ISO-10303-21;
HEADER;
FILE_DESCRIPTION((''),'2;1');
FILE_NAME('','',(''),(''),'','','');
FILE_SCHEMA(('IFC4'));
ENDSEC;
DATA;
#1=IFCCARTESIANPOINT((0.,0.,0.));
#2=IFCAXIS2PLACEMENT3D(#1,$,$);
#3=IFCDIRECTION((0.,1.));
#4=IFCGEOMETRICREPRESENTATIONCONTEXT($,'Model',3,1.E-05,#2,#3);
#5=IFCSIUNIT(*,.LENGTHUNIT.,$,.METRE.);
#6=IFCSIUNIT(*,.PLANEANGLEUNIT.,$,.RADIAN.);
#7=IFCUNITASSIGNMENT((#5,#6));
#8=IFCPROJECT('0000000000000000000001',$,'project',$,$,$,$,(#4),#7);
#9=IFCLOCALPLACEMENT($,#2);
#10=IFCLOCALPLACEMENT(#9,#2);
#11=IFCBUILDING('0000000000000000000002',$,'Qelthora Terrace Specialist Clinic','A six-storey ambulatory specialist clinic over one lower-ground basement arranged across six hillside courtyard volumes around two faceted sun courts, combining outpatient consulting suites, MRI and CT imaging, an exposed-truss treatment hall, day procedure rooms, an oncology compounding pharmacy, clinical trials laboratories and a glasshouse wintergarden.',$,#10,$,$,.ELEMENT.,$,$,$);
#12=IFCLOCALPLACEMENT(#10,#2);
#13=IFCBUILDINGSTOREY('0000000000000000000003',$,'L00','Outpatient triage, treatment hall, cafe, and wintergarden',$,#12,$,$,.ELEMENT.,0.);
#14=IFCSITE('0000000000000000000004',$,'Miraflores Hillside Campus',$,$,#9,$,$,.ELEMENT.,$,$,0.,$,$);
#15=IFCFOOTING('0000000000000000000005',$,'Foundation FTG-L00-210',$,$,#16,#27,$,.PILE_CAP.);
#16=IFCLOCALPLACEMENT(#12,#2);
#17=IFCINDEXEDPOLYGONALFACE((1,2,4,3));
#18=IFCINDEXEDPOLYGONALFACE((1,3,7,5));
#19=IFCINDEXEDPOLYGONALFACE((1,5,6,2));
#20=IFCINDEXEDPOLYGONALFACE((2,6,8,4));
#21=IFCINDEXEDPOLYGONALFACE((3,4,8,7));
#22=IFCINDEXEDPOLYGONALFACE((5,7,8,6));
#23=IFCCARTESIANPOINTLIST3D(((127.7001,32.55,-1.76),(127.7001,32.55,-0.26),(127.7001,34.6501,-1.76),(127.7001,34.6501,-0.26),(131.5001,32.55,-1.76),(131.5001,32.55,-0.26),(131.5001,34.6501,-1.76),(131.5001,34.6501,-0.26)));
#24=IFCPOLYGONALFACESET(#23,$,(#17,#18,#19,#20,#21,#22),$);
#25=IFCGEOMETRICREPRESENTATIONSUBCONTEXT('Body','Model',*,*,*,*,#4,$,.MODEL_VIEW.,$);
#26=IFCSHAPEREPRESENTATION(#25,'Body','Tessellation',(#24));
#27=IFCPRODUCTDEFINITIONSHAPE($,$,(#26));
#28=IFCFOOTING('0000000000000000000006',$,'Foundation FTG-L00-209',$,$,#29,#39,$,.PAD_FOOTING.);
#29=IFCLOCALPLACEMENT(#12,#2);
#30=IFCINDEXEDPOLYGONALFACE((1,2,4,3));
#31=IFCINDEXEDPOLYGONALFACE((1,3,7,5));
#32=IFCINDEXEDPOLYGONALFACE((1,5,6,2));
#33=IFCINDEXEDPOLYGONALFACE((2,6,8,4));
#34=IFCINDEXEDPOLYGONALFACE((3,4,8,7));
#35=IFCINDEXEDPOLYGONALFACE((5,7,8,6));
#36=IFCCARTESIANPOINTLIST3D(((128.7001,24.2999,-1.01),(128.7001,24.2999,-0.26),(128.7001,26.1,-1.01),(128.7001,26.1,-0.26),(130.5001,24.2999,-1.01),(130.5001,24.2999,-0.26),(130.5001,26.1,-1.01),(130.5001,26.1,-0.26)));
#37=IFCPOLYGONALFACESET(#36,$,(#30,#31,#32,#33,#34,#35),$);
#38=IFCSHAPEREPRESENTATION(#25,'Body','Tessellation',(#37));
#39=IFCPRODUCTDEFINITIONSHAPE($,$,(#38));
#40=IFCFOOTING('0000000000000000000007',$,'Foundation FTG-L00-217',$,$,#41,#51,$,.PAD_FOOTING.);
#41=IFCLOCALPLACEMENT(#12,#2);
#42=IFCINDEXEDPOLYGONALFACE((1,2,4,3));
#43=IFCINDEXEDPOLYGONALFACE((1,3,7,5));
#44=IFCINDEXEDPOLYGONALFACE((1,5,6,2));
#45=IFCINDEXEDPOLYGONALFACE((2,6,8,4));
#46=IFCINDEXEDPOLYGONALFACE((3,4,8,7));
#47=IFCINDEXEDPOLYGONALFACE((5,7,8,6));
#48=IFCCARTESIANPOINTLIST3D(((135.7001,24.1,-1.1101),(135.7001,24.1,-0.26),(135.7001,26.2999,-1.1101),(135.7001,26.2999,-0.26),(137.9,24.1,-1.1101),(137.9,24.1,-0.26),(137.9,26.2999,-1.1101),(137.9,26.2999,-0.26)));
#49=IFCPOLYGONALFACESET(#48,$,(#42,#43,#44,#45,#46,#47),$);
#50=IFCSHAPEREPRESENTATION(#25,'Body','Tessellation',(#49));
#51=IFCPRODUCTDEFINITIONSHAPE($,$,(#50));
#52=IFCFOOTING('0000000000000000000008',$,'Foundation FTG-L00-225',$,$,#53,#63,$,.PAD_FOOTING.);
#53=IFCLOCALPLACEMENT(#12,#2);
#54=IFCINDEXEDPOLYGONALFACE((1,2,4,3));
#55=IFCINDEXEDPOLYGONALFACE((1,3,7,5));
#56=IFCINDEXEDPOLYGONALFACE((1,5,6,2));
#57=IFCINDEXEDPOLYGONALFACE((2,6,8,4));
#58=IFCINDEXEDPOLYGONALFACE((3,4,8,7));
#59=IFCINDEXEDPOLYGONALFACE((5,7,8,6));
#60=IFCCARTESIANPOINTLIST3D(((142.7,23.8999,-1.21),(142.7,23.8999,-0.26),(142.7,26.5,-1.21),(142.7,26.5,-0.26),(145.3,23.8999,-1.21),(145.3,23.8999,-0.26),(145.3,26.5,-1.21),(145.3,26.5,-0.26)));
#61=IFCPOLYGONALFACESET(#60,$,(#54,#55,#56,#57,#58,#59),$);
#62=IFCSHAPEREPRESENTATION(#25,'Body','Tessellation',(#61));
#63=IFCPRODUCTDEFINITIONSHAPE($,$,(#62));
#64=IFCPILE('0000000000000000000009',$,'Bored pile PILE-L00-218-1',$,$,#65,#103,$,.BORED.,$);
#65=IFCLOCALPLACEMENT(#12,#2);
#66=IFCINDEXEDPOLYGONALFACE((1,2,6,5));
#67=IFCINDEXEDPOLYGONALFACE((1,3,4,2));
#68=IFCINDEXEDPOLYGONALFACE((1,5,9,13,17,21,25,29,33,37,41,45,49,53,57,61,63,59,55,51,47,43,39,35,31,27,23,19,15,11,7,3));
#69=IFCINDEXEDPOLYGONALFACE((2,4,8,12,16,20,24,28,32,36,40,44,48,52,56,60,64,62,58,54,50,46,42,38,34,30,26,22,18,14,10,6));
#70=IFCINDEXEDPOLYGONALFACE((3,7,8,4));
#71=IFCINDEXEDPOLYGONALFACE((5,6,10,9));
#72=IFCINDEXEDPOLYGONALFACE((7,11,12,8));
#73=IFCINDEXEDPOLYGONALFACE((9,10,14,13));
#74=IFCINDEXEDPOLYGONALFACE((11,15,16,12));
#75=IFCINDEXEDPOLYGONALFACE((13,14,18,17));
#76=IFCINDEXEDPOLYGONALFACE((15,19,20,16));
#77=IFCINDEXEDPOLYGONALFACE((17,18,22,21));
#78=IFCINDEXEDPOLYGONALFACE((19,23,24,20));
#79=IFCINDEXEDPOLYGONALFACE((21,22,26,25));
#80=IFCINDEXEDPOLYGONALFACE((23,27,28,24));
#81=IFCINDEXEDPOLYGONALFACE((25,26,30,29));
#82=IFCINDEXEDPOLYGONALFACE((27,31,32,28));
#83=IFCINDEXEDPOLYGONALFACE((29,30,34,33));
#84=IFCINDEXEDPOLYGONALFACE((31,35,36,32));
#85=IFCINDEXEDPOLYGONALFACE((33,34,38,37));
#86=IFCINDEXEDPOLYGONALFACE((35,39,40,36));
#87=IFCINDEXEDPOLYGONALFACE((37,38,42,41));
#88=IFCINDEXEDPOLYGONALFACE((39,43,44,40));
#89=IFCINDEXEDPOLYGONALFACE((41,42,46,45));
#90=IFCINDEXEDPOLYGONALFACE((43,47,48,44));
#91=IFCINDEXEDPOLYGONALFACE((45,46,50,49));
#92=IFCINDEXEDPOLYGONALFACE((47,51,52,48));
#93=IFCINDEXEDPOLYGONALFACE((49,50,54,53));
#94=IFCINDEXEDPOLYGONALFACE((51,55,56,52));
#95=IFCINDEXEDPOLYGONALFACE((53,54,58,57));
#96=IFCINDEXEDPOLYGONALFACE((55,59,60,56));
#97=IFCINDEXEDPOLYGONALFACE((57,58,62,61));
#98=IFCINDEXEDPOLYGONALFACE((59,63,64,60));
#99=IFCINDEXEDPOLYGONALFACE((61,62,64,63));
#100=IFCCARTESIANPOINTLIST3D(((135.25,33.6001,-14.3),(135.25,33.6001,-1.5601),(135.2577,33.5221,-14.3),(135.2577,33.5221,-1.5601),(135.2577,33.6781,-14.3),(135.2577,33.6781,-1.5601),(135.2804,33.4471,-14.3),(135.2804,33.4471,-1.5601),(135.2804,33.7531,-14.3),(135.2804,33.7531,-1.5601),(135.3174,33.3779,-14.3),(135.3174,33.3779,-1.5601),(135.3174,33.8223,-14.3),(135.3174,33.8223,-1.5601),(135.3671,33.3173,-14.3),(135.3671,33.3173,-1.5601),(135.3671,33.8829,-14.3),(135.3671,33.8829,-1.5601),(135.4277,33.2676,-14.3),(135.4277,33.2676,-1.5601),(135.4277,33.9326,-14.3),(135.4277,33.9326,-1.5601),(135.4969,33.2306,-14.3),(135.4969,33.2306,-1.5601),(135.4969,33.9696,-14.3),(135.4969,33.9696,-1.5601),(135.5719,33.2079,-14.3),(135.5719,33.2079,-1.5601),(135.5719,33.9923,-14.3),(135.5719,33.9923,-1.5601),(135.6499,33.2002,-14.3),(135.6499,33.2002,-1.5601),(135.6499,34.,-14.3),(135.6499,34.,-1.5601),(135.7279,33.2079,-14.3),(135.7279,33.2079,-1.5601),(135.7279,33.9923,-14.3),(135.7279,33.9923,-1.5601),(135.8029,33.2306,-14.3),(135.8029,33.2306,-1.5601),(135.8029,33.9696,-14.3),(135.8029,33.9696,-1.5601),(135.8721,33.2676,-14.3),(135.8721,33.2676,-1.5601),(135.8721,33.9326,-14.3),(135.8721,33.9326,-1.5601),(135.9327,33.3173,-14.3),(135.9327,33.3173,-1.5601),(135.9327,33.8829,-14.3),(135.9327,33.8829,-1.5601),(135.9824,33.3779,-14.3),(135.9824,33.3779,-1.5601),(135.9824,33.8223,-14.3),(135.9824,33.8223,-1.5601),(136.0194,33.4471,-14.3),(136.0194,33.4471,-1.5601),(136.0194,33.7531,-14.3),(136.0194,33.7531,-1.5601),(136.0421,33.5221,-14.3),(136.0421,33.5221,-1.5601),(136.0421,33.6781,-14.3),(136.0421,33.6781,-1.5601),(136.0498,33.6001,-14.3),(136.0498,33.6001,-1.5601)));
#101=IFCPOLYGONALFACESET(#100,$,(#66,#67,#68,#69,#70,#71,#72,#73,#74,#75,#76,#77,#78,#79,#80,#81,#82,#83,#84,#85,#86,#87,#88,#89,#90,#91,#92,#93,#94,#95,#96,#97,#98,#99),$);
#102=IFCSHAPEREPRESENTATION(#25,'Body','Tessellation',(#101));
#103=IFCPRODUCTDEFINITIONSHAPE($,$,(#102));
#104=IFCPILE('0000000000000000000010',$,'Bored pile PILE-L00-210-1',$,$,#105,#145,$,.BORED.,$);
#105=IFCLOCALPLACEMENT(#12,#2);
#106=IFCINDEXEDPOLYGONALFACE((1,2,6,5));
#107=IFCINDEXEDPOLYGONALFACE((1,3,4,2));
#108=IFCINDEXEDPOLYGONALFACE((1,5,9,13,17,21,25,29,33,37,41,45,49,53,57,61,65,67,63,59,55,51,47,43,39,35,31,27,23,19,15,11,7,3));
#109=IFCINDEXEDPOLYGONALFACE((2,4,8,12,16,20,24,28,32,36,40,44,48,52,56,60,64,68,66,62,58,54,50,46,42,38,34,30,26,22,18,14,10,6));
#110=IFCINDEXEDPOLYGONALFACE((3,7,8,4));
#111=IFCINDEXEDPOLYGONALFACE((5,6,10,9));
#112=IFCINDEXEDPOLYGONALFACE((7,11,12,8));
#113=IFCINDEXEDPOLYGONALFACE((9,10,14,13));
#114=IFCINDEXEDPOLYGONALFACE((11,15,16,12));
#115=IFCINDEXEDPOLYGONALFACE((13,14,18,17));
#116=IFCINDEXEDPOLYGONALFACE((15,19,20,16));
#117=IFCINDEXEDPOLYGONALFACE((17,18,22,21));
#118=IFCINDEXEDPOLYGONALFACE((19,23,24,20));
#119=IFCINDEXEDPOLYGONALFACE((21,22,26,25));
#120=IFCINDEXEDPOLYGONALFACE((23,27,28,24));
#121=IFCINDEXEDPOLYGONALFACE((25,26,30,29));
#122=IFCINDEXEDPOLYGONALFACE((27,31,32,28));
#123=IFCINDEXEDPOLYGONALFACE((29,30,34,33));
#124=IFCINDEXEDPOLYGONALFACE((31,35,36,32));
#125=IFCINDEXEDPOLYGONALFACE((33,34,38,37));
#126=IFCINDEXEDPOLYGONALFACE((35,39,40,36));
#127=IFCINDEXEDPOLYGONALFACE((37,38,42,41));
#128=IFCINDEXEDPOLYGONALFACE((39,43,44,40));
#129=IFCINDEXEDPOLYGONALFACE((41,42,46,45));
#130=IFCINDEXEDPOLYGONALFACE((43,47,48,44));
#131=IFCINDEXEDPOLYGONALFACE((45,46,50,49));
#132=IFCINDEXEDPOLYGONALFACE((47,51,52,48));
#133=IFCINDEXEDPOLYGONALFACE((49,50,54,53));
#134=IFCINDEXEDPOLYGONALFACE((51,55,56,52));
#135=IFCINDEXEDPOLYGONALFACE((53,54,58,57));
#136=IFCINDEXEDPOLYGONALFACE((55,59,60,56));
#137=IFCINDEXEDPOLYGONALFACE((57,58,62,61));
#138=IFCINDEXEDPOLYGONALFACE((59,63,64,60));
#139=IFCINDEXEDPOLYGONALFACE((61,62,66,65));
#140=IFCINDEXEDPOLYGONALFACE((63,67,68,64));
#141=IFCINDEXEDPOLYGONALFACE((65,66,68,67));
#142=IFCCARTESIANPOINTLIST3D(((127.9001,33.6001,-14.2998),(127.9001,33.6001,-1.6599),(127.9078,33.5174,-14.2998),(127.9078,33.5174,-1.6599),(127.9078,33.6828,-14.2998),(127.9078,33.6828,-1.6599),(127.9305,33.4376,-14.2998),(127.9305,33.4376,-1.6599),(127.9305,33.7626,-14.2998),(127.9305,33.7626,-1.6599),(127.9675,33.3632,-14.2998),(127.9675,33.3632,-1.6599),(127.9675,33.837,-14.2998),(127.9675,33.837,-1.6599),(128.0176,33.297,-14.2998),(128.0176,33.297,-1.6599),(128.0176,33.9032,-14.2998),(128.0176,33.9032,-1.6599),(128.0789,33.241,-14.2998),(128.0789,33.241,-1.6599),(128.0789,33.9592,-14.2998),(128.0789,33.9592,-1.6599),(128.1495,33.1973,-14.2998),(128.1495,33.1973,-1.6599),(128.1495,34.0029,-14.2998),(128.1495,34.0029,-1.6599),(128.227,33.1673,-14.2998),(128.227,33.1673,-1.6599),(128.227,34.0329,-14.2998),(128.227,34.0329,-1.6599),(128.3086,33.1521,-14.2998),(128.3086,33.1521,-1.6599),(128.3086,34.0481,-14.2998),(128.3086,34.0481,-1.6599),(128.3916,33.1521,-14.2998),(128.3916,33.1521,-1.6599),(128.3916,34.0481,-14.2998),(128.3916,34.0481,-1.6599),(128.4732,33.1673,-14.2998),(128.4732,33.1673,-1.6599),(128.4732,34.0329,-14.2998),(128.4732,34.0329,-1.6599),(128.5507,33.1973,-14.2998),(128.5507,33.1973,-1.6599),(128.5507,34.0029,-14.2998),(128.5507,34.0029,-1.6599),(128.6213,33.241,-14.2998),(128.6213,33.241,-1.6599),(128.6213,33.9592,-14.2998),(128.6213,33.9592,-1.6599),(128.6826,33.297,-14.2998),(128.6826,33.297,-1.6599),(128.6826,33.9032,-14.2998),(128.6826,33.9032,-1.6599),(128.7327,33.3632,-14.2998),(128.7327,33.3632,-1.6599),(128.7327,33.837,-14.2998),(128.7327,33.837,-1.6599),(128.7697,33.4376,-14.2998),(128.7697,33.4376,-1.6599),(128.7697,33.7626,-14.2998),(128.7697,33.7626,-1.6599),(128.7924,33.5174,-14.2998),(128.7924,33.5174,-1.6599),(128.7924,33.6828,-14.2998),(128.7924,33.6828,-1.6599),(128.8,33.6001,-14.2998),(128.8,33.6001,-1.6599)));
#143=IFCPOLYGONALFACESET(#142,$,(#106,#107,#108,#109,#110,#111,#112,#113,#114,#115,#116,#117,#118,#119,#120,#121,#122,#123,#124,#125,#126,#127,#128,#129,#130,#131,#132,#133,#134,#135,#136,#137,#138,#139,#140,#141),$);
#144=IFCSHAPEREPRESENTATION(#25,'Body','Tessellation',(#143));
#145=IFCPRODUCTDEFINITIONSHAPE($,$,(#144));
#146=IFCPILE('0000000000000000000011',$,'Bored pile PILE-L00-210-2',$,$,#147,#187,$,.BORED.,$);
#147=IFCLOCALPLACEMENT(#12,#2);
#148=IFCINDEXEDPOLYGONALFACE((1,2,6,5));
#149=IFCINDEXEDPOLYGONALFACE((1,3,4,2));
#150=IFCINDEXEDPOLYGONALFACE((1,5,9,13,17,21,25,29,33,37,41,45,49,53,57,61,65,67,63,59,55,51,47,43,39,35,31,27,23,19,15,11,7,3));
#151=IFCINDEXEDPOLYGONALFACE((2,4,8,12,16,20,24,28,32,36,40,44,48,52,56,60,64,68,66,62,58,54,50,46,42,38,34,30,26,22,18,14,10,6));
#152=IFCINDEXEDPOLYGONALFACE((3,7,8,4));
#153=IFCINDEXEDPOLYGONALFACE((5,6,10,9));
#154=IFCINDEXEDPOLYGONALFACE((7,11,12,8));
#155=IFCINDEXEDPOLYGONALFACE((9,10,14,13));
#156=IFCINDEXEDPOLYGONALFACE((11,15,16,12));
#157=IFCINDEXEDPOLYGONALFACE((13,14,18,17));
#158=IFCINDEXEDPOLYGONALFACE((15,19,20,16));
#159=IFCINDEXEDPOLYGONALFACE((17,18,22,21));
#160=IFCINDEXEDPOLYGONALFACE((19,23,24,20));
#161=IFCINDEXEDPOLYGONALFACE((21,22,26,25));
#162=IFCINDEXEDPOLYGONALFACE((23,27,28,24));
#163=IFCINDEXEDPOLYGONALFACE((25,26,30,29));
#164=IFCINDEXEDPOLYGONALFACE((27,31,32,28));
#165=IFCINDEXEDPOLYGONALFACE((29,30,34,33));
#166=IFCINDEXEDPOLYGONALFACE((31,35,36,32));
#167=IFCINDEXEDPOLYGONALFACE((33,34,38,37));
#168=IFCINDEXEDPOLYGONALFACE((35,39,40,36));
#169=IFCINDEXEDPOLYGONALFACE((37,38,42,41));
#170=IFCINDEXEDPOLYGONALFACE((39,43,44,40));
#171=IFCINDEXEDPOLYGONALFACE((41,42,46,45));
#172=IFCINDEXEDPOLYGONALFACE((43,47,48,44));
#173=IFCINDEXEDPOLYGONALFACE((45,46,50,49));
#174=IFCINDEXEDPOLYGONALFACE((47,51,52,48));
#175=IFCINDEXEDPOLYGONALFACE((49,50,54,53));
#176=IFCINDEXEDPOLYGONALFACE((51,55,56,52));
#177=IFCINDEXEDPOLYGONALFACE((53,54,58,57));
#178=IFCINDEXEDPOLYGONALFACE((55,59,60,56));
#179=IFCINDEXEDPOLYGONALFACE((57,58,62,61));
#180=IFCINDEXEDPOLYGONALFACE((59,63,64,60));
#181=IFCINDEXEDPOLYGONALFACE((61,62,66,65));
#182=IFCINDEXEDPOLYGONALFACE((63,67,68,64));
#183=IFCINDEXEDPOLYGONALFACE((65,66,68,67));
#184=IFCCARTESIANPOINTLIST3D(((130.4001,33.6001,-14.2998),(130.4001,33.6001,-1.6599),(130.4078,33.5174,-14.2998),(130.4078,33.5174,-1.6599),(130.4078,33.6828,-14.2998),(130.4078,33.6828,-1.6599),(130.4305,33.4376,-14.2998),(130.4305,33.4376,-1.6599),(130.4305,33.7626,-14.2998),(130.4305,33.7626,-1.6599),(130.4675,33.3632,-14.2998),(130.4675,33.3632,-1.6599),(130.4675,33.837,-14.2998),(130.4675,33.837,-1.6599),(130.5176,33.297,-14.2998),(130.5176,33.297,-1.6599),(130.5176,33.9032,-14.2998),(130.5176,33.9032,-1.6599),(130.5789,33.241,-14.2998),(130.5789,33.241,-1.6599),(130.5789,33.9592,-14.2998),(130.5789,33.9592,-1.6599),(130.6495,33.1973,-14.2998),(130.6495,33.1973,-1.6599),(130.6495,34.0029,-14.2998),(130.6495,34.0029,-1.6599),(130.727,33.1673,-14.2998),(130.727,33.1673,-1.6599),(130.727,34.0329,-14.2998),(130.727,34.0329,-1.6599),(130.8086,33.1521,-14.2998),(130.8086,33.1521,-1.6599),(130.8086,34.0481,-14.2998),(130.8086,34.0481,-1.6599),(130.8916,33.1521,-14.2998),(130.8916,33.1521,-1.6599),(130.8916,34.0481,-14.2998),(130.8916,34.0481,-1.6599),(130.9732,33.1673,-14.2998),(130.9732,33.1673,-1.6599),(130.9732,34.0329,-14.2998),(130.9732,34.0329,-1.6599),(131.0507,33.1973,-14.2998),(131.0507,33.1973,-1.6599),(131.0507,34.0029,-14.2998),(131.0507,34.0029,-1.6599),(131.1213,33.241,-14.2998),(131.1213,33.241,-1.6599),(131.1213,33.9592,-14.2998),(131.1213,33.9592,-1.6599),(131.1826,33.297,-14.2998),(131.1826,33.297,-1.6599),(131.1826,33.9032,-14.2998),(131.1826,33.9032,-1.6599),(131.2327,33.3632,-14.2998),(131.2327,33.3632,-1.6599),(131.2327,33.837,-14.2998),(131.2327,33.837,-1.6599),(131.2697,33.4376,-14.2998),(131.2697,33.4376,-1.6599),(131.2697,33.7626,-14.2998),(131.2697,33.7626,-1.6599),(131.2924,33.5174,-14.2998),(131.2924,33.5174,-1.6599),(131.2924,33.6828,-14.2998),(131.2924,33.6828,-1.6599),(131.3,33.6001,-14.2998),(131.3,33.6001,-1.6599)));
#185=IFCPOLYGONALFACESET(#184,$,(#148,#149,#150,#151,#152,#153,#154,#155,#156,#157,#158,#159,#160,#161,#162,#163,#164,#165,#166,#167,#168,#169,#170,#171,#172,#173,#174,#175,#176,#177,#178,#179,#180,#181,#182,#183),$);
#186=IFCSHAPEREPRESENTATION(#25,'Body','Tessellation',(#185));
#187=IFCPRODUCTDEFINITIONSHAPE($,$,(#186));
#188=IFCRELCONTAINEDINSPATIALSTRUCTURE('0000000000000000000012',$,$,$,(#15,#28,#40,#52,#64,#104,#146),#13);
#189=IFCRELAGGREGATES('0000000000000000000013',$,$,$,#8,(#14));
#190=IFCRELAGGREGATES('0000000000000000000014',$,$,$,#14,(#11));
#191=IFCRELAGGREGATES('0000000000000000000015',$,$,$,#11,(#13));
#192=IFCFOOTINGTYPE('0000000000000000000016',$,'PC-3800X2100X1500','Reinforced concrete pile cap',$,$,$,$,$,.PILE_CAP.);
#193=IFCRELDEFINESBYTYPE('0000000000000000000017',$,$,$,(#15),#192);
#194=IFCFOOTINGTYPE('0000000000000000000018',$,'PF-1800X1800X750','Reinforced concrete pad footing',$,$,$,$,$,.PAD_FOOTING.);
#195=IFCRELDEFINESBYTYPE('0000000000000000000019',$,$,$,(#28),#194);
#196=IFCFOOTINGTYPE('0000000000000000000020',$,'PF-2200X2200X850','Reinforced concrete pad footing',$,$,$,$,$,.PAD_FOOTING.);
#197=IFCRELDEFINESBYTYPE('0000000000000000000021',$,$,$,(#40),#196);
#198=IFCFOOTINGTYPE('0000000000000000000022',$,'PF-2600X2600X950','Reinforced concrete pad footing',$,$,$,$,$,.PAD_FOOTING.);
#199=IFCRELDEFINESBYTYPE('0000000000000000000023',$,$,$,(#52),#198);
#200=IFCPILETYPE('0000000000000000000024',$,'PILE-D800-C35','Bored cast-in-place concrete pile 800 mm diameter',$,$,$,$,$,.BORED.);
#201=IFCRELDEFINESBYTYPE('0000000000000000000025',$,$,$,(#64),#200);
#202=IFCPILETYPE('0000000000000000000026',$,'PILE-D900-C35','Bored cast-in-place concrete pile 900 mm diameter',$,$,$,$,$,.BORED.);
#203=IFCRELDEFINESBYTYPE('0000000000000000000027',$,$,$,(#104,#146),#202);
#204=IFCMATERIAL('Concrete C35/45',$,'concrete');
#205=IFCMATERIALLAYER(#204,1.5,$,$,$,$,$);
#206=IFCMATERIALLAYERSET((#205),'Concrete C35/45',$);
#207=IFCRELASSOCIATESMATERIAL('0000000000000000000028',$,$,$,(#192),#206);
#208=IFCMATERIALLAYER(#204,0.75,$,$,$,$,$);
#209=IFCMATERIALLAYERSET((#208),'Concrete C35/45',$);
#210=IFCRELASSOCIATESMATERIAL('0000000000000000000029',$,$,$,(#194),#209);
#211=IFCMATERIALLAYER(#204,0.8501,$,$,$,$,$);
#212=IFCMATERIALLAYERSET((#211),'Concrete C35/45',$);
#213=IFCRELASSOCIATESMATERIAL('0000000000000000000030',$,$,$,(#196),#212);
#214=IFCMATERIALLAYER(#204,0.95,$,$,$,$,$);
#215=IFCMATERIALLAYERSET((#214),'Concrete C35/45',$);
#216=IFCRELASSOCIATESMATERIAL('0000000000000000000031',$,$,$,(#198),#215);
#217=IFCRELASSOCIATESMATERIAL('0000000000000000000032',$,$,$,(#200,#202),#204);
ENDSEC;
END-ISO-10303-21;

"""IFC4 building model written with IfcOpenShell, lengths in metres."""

from ifc_helpers import new_model, si_unit, direction, frame, origin, origin_2d, place, context, subcontext, project, spatial, rectangle, circle, extrude, material, layer, layer_set, material_profile, profile_set, type_object, element, save


model = new_model("IFC4")

# Units and contexts
model_context = context("Model", 3, precision=1e-05, world=origin(), true_north=direction((0.0, 1.0)))
body_context = subcontext(model_context, "Body", "Model", "MODEL_VIEW")
ifc_project = project(units=[si_unit("LENGTHUNIT", "METRE"), si_unit("PLANEANGLEUNIT", "RADIAN")], contexts=[model_context])

# Site, building, storey
site_placement = place(None, origin())
site = spatial("IfcSite", under=ifc_project, at=site_placement, Name="Miraflores Hillside Campus", CompositionType="ELEMENT", RefElevation=0.0)
building_placement = place(site_placement, origin())
building = spatial("IfcBuilding", under=site, at=building_placement, Name="Qelthora Terrace Specialist Clinic", Description="A six-storey ambulatory specialist clinic over one lower-ground basement arranged across six hillside courtyard volumes around two faceted sun courts, combining outpatient consulting suites, MRI and CT imaging, an exposed-truss treatment hall, day procedure rooms, an oncology compounding pharmacy, clinical trials laboratories and a glasshouse wintergarden.", CompositionType="ELEMENT")
storey_placement = place(building_placement, origin())
storey = spatial("IfcBuildingStorey", under=building, at=storey_placement, Name="L00", Description="Outpatient triage, treatment hall, cafe, and wintergarden", CompositionType="ELEMENT", Elevation=0.0)

# Footings
ifc_material_1 = material(Name="Concrete C35/45", Category="concrete")
ifc_layer_1 = layer(ifc_material_1, 1.5)
ifc_layer_set_1 = layer_set([ifc_layer_1], Name="Concrete C35/45")
footing_type_1 = type_object("IfcFootingType", Name="PC-3800X2100X1500", Description="Reinforced concrete pile cap", PredefinedType="PILE_CAP", material=ifc_layer_set_1)
footing_1_placement = place(storey_placement, frame((129.6001, 33.6001, -1.76), z_axis=(0.0, 0.0, 1.0), x_axis=(1.0, 0.0, 0.0)))
element("IfcFooting", 1, at=footing_1_placement, inside=storey, type_object=footing_type_1, Name="Foundation FTG-L00-210", PredefinedType="PILE_CAP", context=body_context, shape_type="SweptSolid", body=[
    extrude(rectangle(XDim=3.8, YDim=2.1001, at=origin_2d()), origin(), (0.0, 0.0, 1.0), 1.5),
])
ifc_layer_2 = layer(ifc_material_1, 0.75)
ifc_layer_set_2 = layer_set([ifc_layer_2], Name="Concrete C35/45")
footing_type_2 = type_object("IfcFootingType", Name="PF-1800X1800X750", Description="Reinforced concrete pad footing", PredefinedType="PAD_FOOTING", material=ifc_layer_set_2)
footing_2_placement = place(storey_placement, frame((129.6001, 25.2, -1.01), z_axis=(0.0, 0.0, 1.0), x_axis=(1.0, 0.0, 0.0)))
element("IfcFooting", 2, at=footing_2_placement, inside=storey, type_object=footing_type_2, Name="Foundation FTG-L00-209", PredefinedType="PAD_FOOTING", context=body_context, shape_type="SweptSolid", body=[
    extrude(rectangle(XDim=1.8, YDim=1.8, at=origin_2d()), origin(), (0.0, 0.0, 1.0), 0.75),
])
ifc_layer_3 = layer(ifc_material_1, 0.8501)
ifc_layer_set_3 = layer_set([ifc_layer_3], Name="Concrete C35/45")
footing_type_3 = type_object("IfcFootingType", Name="PF-2200X2200X850", Description="Reinforced concrete pad footing", PredefinedType="PAD_FOOTING", material=ifc_layer_set_3)
footing_3_placement = place(storey_placement, frame((136.8, 25.2, -1.1101), z_axis=(0.0, 0.0, 1.0), x_axis=(1.0, 0.0, 0.0)))
element("IfcFooting", 3, at=footing_3_placement, inside=storey, type_object=footing_type_3, Name="Foundation FTG-L00-217", PredefinedType="PAD_FOOTING", context=body_context, shape_type="SweptSolid", body=[
    extrude(rectangle(XDim=2.2, YDim=2.2, at=origin_2d()), origin(), (0.0, 0.0, 1.0), 0.8501),
])
ifc_layer_4 = layer(ifc_material_1, 0.95)
ifc_layer_set_4 = layer_set([ifc_layer_4], Name="Concrete C35/45")
footing_type_4 = type_object("IfcFootingType", Name="PF-2600X2600X950", Description="Reinforced concrete pad footing", PredefinedType="PAD_FOOTING", material=ifc_layer_set_4)
footing_4_placement = place(storey_placement, frame((144.0, 25.2, -1.21), z_axis=(0.0, 0.0, 1.0), x_axis=(1.0, 0.0, 0.0)))
element("IfcFooting", 4, at=footing_4_placement, inside=storey, type_object=footing_type_4, Name="Foundation FTG-L00-225", PredefinedType="PAD_FOOTING", context=body_context, shape_type="SweptSolid", body=[
    extrude(rectangle(XDim=2.6001, YDim=2.6001, at=origin_2d()), origin(), (0.0, 0.0, 1.0), 0.95),
])

# Piles
ifc_material_profile_1 = material_profile(ifc_material_1, circle(Radius=0.3999, at=origin_2d()), Name="PILE800")
ifc_profile_set_1 = profile_set([ifc_material_profile_1], Name="Concrete C35/45")
pile_type_1 = type_object("IfcPileType", Name="PILE-D800-C35", Description="Bored cast-in-place concrete pile 800 mm diameter", PredefinedType="BORED", material=ifc_profile_set_1)
pile_placement = place(storey_placement, frame((135.6499, 33.6001, -1.5601), z_axis=(0.0, 0.0, -1.0), x_axis=(1.0, 0.0, 0.0)))
element("IfcPile", 5, at=pile_placement, inside=storey, type_object=pile_type_1, Name="Bored pile PILE-L00-218-1", PredefinedType="BORED", context=body_context, shape_type="SweptSolid", body=[
    extrude(circle(Radius=0.3999, at=origin_2d()), origin(), (0.0, 0.0, 1.0), 12.74),
])
ifc_material_profile_2 = material_profile(ifc_material_1, circle(Radius=0.45, at=origin_2d()), Name="PILE900")
ifc_profile_set_2 = profile_set([ifc_material_profile_2], Name="Concrete C35/45")
pile_type_2 = type_object("IfcPileType", Name="PILE-D900-C35", Description="Bored cast-in-place concrete pile 900 mm diameter", PredefinedType="BORED", material=ifc_profile_set_2)
for number, where, z_axis, x_axis, name in (
    (6, (128.3501, 33.6001, -1.6599), (0.0, 0.0, -1.0), (1.0, 0.0, 0.0), "Bored pile PILE-L00-210-1"),
    (7, (130.8501, 33.6001, -1.6599), (0.0, 0.0, -1.0), (1.0, 0.0, 0.0), "Bored pile PILE-L00-210-2"),
):
    element("IfcPile", number, at=place(storey_placement, frame(where, z_axis=z_axis, x_axis=x_axis)), inside=storey, type_object=pile_type_2, Name=name, PredefinedType="BORED", context=body_context, shape_type="SweptSolid", body=[
        extrude(circle(Radius=0.45, at=origin_2d()), origin(), (0.0, 0.0, 1.0), 12.6399),
    ])

save(model, "model.ifc")
